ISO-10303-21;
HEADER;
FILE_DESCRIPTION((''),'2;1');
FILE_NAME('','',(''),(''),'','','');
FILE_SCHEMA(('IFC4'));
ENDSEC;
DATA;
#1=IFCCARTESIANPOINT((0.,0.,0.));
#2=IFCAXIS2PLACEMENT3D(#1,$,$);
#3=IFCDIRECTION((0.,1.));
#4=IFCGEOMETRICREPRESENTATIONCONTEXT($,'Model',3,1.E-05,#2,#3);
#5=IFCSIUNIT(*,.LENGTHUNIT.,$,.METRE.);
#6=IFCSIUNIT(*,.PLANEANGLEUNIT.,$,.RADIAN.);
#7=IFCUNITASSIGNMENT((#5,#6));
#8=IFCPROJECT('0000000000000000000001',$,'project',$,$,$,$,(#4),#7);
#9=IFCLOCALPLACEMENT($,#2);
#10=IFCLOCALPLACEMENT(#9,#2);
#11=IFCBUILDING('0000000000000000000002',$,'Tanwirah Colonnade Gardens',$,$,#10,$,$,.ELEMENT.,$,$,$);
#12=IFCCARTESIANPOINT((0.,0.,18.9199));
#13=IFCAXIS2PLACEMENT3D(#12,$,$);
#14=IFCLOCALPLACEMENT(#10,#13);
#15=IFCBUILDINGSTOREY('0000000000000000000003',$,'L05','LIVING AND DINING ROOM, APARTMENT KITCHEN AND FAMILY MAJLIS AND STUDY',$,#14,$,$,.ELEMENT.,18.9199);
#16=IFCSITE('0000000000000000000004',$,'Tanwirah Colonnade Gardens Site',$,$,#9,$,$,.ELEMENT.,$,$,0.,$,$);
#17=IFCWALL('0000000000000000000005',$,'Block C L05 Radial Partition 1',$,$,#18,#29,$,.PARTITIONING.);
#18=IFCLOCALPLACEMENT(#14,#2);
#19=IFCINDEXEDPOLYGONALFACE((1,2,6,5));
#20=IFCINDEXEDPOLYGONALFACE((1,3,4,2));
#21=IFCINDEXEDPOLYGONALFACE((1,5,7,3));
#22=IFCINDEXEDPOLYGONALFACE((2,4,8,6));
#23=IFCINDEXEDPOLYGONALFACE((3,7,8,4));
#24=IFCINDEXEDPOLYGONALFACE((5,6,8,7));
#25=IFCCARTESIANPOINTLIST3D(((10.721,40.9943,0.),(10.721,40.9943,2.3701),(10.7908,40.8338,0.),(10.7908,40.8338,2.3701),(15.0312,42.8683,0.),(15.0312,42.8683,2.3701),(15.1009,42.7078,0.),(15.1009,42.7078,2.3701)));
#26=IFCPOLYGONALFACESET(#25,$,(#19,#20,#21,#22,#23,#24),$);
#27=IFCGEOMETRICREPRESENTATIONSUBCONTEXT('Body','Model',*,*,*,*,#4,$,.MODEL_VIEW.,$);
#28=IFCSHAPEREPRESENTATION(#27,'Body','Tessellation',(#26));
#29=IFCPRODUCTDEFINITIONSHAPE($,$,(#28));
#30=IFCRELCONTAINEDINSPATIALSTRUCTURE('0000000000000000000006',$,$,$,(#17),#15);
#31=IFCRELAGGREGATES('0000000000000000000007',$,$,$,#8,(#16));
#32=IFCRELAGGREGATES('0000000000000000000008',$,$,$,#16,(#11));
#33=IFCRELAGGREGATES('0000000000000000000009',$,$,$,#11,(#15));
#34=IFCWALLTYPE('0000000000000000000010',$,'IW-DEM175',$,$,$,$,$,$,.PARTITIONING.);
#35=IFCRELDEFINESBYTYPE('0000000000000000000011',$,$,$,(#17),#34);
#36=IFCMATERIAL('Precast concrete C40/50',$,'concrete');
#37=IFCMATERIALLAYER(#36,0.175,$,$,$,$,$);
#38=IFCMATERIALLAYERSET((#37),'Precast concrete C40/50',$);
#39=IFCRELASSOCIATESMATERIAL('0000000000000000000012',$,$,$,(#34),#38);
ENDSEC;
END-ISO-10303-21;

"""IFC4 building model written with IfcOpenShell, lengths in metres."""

from ifc_helpers import new_model, si_unit, direction, frame, frame_2d, origin, place, context, subcontext, project, spatial, rectangle, extrude, material, layer, layer_set, type_object, element, save


model = new_model("IFC4")

# Units and contexts
model_context = context("Model", 3, precision=1e-05, world=origin(), true_north=direction((0.0, 1.0)))
body_context = subcontext(model_context, "Body", "Model", "MODEL_VIEW")
ifc_project = project(units=[si_unit("LENGTHUNIT", "METRE"), si_unit("PLANEANGLEUNIT", "RADIAN")], contexts=[model_context])

# Site, building, storey
site_placement = place(None, origin())
site = spatial("IfcSite", under=ifc_project, at=site_placement, Name="Tanwirah Colonnade Gardens Site", CompositionType="ELEMENT", RefElevation=0.0)
building_placement = place(site_placement, origin())
building = spatial("IfcBuilding", under=site, at=building_placement, Name="Tanwirah Colonnade Gardens", CompositionType="ELEMENT")
storey_placement = place(building_placement, frame((0.0, 0.0, 18.9199)))
storey = spatial("IfcBuildingStorey", under=building, at=storey_placement, Name="L05", Description="LIVING AND DINING ROOM, APARTMENT KITCHEN AND FAMILY MAJLIS AND STUDY", CompositionType="ELEMENT", Elevation=18.9199)

# Shared definitions
ifc_material_1 = material(Name="Precast concrete C40/50", Category="concrete")

# Wall
ifc_layer_1 = layer(ifc_material_1, 0.175)
ifc_layer_set_1 = layer_set([ifc_layer_1], Name="Precast concrete C40/50")
wall_type_1 = type_object("IfcWallType", Name="IW-DEM175", PredefinedType="PARTITIONING", material=ifc_layer_set_1)
wall_1_placement = place(storey_placement, frame((15.0662, 42.7881, 0.0), z_axis=(0.0, 0.0, 1.0), x_axis=(-0.917072, -0.398722, 0.0)))
element("IfcWall", 1, at=wall_1_placement, inside=storey, type_object=wall_type_1, Name="Block C L05 Radial Partition 1", PredefinedType="PARTITIONING", context=body_context, shape_type="SweptSolid", body=[
    extrude(rectangle(XDim=4.7, YDim=0.175, at=frame_2d((2.3501, 0.0))), origin(), (0.0, 0.0, 1.0), 2.3701),
])

save(model, "model.ifc")
